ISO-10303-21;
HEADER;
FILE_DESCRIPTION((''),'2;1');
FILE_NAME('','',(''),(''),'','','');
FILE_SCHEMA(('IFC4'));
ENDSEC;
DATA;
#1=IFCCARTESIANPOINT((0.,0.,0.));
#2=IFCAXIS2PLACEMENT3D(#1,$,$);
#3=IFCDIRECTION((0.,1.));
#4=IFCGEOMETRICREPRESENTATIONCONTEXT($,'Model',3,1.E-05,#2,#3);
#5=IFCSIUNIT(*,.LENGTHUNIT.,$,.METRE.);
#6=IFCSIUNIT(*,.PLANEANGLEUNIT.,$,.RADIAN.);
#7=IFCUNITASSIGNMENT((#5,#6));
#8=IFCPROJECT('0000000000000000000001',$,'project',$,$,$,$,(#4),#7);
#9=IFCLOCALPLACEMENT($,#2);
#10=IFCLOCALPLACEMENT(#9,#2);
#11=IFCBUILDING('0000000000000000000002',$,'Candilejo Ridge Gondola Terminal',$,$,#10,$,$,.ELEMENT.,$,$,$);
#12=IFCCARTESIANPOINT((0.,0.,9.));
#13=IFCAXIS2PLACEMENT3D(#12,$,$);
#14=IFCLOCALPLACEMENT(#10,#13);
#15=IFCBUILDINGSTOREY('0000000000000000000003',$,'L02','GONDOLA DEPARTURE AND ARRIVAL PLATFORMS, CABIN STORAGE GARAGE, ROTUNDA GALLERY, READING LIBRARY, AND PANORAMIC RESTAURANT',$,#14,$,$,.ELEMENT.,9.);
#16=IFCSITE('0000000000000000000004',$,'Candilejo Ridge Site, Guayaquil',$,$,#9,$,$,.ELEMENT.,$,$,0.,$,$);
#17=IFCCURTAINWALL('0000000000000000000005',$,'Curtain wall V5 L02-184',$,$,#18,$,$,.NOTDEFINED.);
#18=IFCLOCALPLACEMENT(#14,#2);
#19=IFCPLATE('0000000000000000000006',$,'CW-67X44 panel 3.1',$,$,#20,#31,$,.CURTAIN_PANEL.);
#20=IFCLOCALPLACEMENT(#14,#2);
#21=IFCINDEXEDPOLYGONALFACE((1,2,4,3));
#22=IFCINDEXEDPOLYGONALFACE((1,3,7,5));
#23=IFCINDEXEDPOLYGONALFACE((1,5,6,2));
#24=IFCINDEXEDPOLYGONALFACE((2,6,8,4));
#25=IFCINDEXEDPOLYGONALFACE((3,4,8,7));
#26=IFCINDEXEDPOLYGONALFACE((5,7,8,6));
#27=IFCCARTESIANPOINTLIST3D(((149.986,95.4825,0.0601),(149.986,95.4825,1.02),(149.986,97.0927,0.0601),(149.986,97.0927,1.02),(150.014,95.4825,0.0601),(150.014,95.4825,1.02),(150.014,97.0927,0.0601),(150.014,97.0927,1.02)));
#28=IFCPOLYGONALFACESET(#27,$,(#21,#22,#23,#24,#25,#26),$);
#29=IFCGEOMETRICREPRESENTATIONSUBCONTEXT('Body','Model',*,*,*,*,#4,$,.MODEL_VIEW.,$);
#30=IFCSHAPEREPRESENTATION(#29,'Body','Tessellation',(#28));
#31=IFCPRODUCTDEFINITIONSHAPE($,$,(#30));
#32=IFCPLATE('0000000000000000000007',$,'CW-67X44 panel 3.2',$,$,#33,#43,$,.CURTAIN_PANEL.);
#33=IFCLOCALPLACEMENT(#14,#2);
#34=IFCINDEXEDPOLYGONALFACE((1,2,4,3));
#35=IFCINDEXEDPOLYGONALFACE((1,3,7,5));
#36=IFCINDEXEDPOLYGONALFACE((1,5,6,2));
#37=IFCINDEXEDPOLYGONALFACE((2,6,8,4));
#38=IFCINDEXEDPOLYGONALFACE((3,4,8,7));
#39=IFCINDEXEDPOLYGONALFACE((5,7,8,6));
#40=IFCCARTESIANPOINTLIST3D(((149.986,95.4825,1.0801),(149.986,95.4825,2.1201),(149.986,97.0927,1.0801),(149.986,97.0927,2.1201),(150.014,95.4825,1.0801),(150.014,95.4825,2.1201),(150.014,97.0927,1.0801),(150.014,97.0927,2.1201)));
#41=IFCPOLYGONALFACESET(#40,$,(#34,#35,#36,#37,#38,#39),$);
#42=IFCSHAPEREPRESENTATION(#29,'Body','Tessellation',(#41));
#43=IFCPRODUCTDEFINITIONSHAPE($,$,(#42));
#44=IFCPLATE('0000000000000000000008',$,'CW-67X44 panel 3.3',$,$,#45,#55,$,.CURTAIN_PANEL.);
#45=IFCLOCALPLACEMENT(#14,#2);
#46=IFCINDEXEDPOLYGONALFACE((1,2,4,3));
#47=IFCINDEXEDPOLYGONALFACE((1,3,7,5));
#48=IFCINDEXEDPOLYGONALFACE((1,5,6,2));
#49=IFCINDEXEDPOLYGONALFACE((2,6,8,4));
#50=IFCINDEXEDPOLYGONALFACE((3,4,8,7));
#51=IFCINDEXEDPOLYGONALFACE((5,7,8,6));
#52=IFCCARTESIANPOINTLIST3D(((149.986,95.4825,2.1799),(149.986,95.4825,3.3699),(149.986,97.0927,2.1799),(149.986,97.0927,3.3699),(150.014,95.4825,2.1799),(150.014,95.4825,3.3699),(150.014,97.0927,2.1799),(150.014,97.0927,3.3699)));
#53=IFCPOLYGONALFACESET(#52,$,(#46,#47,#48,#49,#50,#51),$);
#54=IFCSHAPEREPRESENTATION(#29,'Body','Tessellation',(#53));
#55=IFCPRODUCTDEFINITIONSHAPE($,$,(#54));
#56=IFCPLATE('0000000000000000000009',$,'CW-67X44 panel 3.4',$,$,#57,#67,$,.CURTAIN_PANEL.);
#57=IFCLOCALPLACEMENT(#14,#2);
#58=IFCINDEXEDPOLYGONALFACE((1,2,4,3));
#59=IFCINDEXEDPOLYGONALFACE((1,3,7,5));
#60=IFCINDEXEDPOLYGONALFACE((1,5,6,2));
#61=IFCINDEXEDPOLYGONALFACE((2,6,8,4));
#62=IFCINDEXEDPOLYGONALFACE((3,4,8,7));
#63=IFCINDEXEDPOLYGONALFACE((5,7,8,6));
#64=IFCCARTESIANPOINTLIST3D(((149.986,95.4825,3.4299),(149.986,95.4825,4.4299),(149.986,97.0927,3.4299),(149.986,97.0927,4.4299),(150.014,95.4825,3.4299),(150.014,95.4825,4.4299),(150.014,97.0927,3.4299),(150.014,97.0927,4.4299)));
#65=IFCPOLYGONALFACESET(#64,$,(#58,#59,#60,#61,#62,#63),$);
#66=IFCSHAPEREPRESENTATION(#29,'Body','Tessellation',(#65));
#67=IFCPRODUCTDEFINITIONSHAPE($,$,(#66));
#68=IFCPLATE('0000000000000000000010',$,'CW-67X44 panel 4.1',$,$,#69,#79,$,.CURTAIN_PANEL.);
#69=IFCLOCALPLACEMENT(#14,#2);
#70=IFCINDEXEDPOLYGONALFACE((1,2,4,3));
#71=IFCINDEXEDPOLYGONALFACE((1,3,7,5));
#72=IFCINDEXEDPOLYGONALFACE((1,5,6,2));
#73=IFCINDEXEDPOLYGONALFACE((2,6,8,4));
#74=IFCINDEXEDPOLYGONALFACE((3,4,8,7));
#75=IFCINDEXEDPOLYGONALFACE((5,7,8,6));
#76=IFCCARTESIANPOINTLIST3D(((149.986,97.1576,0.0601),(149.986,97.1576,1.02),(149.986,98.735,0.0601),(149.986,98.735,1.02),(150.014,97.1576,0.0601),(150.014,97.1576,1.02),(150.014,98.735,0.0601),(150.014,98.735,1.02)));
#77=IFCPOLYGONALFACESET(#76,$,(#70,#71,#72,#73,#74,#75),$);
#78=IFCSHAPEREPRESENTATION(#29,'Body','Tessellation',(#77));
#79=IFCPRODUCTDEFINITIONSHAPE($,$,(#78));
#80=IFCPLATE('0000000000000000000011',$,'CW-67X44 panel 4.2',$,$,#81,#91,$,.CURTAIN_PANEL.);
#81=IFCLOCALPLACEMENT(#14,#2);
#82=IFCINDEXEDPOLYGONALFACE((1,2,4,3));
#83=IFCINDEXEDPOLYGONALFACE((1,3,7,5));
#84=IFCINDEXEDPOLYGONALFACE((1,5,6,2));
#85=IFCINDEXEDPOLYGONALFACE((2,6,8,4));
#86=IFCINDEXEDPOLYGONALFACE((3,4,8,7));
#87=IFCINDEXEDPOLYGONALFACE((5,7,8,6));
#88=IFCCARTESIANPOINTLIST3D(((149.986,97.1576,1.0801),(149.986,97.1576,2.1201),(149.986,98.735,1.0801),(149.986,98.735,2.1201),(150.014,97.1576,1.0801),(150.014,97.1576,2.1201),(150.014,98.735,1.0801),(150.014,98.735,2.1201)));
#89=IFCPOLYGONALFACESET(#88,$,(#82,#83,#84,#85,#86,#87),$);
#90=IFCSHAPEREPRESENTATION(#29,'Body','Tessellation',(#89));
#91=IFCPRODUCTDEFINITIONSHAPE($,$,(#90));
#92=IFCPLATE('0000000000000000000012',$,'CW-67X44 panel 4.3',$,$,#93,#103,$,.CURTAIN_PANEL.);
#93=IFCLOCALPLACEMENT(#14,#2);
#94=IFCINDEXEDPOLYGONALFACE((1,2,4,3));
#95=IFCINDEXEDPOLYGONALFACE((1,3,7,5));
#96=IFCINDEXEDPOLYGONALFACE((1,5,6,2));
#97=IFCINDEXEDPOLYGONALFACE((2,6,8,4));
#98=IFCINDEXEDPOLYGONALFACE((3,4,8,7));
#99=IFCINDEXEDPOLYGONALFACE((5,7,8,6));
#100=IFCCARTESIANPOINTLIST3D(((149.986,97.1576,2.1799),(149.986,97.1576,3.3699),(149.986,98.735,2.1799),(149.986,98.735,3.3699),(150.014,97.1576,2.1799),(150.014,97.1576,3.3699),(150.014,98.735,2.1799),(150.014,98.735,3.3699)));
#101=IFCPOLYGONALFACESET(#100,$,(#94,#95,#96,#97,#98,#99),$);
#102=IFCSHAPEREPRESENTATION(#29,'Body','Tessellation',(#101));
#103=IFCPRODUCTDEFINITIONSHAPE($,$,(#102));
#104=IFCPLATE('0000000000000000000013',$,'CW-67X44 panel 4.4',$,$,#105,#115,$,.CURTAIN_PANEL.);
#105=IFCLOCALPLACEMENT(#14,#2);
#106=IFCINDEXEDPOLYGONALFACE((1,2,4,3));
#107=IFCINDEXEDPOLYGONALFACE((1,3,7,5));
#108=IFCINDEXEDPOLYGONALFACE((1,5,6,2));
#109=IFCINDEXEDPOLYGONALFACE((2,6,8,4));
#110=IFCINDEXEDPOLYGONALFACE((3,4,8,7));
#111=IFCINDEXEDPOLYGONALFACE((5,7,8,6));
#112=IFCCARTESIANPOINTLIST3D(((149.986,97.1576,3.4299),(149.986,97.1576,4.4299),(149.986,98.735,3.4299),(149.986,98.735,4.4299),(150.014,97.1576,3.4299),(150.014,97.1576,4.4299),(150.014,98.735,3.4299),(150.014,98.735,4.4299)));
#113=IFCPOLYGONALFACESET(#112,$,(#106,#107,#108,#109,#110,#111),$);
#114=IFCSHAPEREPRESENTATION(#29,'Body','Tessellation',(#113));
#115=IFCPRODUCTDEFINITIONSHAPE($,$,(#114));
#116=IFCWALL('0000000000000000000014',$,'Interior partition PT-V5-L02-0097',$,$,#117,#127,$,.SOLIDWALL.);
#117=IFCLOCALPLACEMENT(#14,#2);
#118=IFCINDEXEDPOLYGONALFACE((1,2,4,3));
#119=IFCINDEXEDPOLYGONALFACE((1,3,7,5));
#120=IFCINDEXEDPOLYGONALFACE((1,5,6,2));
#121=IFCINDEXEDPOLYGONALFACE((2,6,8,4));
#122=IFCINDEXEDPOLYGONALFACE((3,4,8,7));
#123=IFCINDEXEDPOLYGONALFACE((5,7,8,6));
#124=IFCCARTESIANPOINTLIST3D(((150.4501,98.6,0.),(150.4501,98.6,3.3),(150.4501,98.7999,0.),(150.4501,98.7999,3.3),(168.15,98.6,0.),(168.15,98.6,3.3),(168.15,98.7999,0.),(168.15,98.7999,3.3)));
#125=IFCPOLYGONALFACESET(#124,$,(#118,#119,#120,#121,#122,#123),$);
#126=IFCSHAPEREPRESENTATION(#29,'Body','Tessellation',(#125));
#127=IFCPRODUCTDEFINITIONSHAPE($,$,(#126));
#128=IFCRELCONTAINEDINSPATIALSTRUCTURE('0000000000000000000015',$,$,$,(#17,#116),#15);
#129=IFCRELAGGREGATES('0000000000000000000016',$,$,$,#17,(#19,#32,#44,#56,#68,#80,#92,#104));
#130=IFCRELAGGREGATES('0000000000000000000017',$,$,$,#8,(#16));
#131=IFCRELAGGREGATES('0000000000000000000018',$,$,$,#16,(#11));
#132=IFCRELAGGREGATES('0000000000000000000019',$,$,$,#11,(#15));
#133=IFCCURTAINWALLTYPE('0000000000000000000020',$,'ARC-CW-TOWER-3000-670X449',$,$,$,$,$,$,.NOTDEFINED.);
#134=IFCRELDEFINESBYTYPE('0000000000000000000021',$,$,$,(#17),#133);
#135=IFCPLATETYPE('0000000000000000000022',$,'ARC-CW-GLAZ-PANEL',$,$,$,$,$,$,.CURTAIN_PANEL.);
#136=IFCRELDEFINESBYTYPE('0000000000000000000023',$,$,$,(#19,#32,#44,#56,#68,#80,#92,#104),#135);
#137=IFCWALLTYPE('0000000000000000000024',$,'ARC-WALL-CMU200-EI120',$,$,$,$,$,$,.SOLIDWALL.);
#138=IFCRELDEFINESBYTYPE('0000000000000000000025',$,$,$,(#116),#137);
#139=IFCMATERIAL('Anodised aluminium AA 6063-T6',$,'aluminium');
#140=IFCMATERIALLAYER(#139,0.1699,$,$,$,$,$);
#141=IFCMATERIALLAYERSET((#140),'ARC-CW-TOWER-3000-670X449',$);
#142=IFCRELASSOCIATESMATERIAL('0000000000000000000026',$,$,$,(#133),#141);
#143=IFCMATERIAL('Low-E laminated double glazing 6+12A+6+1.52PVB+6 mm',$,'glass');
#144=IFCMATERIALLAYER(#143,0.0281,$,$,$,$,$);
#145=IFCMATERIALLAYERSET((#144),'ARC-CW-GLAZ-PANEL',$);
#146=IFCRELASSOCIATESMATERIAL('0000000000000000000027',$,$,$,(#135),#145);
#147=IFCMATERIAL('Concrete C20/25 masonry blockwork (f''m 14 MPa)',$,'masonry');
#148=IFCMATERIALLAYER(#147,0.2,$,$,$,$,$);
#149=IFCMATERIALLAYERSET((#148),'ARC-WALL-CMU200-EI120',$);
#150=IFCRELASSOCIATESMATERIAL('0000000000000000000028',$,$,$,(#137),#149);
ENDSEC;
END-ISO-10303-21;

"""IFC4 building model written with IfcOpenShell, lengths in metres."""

from ifc_helpers import new_model, si_unit, direction, frame, frame_2d, origin, origin_2d, place, context, subcontext, project, spatial, rectangle, extrude, material, layer, layer_set, type_object, element, aggregate, save


model = new_model("IFC4")

# Units and contexts
model_context = context("Model", 3, precision=1e-05, world=origin(), true_north=direction((0.0, 1.0)))
body_context = subcontext(model_context, "Body", "Model", "MODEL_VIEW")
ifc_project = project(units=[si_unit("LENGTHUNIT", "METRE"), si_unit("PLANEANGLEUNIT", "RADIAN")], contexts=[model_context])

# Site, building, storey
site_placement = place(None, origin())
site = spatial("IfcSite", under=ifc_project, at=site_placement, Name="Candilejo Ridge Site, Guayaquil", CompositionType="ELEMENT", RefElevation=0.0)
building_placement = place(site_placement, origin())
building = spatial("IfcBuilding", under=site, at=building_placement, Name="Candilejo Ridge Gondola Terminal", CompositionType="ELEMENT")
storey_placement = place(building_placement, frame((0.0, 0.0, 9.0)))
storey = spatial("IfcBuildingStorey", under=building, at=storey_placement, Name="L02", Description="GONDOLA DEPARTURE AND ARRIVAL PLATFORMS, CABIN STORAGE GARAGE, ROTUNDA GALLERY, READING LIBRARY, AND PANORAMIC RESTAURANT", CompositionType="ELEMENT", Elevation=9.0)

# Curtain wall
ifc_material_1 = material(Name="Anodised aluminium AA 6063-T6", Category="aluminium")
ifc_layer_1 = layer(ifc_material_1, 0.1699)
ifc_layer_set_1 = layer_set([ifc_layer_1], Name="ARC-CW-TOWER-3000-670X449")
curtain_wall_type_1 = type_object("IfcCurtainWallType", Name="ARC-CW-TOWER-3000-670X449", PredefinedType="NOTDEFINED", material=ifc_layer_set_1)
curtain_wall_1_placement = place(storey_placement, origin())
curtain_wall_1 = element("IfcCurtainWall", 1, at=curtain_wall_1_placement, inside=storey, type_object=curtain_wall_type_1, Name="Curtain wall V5 L02-184", PredefinedType="NOTDEFINED")

# Plates
ifc_material_2 = material(Name="Low-E laminated double glazing 6+12A+6+1.52PVB+6 mm", Category="glass")
ifc_layer_2 = layer(ifc_material_2, 0.0281)
ifc_layer_set_2 = layer_set([ifc_layer_2], Name="ARC-CW-GLAZ-PANEL")
plate_type = type_object("IfcPlateType", Name="ARC-CW-GLAZ-PANEL", PredefinedType="CURTAIN_PANEL", material=ifc_layer_set_2)
plate_1_placement = place(storey_placement, frame((150.0, 96.2876, 0.0601), z_axis=(0.0, 0.0, 1.0), x_axis=(0.0, 1.0, 0.0)))
plate_1 = element("IfcPlate", 2, at=plate_1_placement, type_object=plate_type, Name="CW-67X44 panel 3.1", PredefinedType="CURTAIN_PANEL", context=body_context, shape_type="SweptSolid", body=[
    extrude(rectangle(XDim=1.6101, YDim=0.0281, at=origin_2d()), origin(), (0.0, 0.0, 1.0), 0.96),
])
plate_2_placement = place(storey_placement, frame((150.0, 96.2876, 1.0801), z_axis=(0.0, 0.0, 1.0), x_axis=(0.0, 1.0, 0.0)))
plate_2 = element("IfcPlate", 3, at=plate_2_placement, type_object=plate_type, Name="CW-67X44 panel 3.2", PredefinedType="CURTAIN_PANEL", context=body_context, shape_type="SweptSolid", body=[
    extrude(rectangle(XDim=1.6101, YDim=0.0281, at=origin_2d()), origin(), (0.0, 0.0, 1.0), 1.04),
])
plate_3_placement = place(storey_placement, frame((150.0, 96.2876, 2.1799), z_axis=(0.0, 0.0, 1.0), x_axis=(0.0, 1.0, 0.0)))
plate_3 = element("IfcPlate", 4, at=plate_3_placement, type_object=plate_type, Name="CW-67X44 panel 3.3", PredefinedType="CURTAIN_PANEL", context=body_context, shape_type="SweptSolid", body=[
    extrude(rectangle(XDim=1.6101, YDim=0.0281, at=origin_2d()), origin(), (0.0, 0.0, 1.0), 1.1899),
])
plate_4_placement = place(storey_placement, frame((150.0, 96.2876, 3.4299), z_axis=(0.0, 0.0, 1.0), x_axis=(0.0, 1.0, 0.0)))
plate_4 = element("IfcPlate", 5, at=plate_4_placement, type_object=plate_type, Name="CW-67X44 panel 3.4", PredefinedType="CURTAIN_PANEL", context=body_context, shape_type="SweptSolid", body=[
    extrude(rectangle(XDim=1.6101, YDim=0.0281, at=origin_2d()), origin(), (0.0, 0.0, 1.0), 1.0),
])
plate_5_placement = place(storey_placement, frame((150.0, 97.9463, 0.0601), z_axis=(0.0, 0.0, 1.0), x_axis=(0.0, 1.0, 0.0)))
plate_5 = element("IfcPlate", 6, at=plate_5_placement, type_object=plate_type, Name="CW-67X44 panel 4.1", PredefinedType="CURTAIN_PANEL", context=body_context, shape_type="SweptSolid", body=[
    extrude(rectangle(XDim=1.5774, YDim=0.0281, at=origin_2d()), origin(), (0.0, 0.0, 1.0), 0.96),
])
plate_6_placement = place(storey_placement, frame((150.0, 97.9463, 1.0801), z_axis=(0.0, 0.0, 1.0), x_axis=(0.0, 1.0, 0.0)))
plate_6 = element("IfcPlate", 7, at=plate_6_placement, type_object=plate_type, Name="CW-67X44 panel 4.2", PredefinedType="CURTAIN_PANEL", context=body_context, shape_type="SweptSolid", body=[
    extrude(rectangle(XDim=1.5774, YDim=0.0281, at=origin_2d()), origin(), (0.0, 0.0, 1.0), 1.04),
])
plate_7_placement = place(storey_placement, frame((150.0, 97.9463, 2.1799), z_axis=(0.0, 0.0, 1.0), x_axis=(0.0, 1.0, 0.0)))
plate_7 = element("IfcPlate", 8, at=plate_7_placement, type_object=plate_type, Name="CW-67X44 panel 4.3", PredefinedType="CURTAIN_PANEL", context=body_context, shape_type="SweptSolid", body=[
    extrude(rectangle(XDim=1.5774, YDim=0.0281, at=origin_2d()), origin(), (0.0, 0.0, 1.0), 1.1899),
])
plate_8_placement = place(storey_placement, frame((150.0, 97.9463, 3.4299), z_axis=(0.0, 0.0, 1.0), x_axis=(0.0, 1.0, 0.0)))
plate_8 = element("IfcPlate", 9, at=plate_8_placement, type_object=plate_type, Name="CW-67X44 panel 4.4", PredefinedType="CURTAIN_PANEL", context=body_context, shape_type="SweptSolid", body=[
    extrude(rectangle(XDim=1.5774, YDim=0.0281, at=origin_2d()), origin(), (0.0, 0.0, 1.0), 1.0),
])
aggregate(curtain_wall_1, [plate_1, plate_2, plate_3, plate_4, plate_5, plate_6, plate_7, plate_8])

# Wall
ifc_material_3 = material(Name="Concrete C20/25 masonry blockwork (f'm 14 MPa)", Category="masonry")
ifc_layer_3 = layer(ifc_material_3, 0.2)
ifc_layer_set_3 = layer_set([ifc_layer_3], Name="ARC-WALL-CMU200-EI120")
wall_type = type_object("IfcWallType", Name="ARC-WALL-CMU200-EI120", PredefinedType="SOLIDWALL", material=ifc_layer_set_3)
wall_placement = place(storey_placement, frame((150.45, 98.7, 0.0), z_axis=(0.0, 0.0, 1.0), x_axis=(1.0, 0.0, 0.0)))
element("IfcWall", 10, at=wall_placement, inside=storey, type_object=wall_type, Name="Interior partition PT-V5-L02-0097", PredefinedType="SOLIDWALL", context=body_context, shape_type="SweptSolid", body=[
    extrude(rectangle(XDim=17.7, YDim=0.2, at=frame_2d((8.8501, 0.0))), origin(), (0.0, 0.0, 1.0), 3.3),
])

save(model, "model.ifc")
